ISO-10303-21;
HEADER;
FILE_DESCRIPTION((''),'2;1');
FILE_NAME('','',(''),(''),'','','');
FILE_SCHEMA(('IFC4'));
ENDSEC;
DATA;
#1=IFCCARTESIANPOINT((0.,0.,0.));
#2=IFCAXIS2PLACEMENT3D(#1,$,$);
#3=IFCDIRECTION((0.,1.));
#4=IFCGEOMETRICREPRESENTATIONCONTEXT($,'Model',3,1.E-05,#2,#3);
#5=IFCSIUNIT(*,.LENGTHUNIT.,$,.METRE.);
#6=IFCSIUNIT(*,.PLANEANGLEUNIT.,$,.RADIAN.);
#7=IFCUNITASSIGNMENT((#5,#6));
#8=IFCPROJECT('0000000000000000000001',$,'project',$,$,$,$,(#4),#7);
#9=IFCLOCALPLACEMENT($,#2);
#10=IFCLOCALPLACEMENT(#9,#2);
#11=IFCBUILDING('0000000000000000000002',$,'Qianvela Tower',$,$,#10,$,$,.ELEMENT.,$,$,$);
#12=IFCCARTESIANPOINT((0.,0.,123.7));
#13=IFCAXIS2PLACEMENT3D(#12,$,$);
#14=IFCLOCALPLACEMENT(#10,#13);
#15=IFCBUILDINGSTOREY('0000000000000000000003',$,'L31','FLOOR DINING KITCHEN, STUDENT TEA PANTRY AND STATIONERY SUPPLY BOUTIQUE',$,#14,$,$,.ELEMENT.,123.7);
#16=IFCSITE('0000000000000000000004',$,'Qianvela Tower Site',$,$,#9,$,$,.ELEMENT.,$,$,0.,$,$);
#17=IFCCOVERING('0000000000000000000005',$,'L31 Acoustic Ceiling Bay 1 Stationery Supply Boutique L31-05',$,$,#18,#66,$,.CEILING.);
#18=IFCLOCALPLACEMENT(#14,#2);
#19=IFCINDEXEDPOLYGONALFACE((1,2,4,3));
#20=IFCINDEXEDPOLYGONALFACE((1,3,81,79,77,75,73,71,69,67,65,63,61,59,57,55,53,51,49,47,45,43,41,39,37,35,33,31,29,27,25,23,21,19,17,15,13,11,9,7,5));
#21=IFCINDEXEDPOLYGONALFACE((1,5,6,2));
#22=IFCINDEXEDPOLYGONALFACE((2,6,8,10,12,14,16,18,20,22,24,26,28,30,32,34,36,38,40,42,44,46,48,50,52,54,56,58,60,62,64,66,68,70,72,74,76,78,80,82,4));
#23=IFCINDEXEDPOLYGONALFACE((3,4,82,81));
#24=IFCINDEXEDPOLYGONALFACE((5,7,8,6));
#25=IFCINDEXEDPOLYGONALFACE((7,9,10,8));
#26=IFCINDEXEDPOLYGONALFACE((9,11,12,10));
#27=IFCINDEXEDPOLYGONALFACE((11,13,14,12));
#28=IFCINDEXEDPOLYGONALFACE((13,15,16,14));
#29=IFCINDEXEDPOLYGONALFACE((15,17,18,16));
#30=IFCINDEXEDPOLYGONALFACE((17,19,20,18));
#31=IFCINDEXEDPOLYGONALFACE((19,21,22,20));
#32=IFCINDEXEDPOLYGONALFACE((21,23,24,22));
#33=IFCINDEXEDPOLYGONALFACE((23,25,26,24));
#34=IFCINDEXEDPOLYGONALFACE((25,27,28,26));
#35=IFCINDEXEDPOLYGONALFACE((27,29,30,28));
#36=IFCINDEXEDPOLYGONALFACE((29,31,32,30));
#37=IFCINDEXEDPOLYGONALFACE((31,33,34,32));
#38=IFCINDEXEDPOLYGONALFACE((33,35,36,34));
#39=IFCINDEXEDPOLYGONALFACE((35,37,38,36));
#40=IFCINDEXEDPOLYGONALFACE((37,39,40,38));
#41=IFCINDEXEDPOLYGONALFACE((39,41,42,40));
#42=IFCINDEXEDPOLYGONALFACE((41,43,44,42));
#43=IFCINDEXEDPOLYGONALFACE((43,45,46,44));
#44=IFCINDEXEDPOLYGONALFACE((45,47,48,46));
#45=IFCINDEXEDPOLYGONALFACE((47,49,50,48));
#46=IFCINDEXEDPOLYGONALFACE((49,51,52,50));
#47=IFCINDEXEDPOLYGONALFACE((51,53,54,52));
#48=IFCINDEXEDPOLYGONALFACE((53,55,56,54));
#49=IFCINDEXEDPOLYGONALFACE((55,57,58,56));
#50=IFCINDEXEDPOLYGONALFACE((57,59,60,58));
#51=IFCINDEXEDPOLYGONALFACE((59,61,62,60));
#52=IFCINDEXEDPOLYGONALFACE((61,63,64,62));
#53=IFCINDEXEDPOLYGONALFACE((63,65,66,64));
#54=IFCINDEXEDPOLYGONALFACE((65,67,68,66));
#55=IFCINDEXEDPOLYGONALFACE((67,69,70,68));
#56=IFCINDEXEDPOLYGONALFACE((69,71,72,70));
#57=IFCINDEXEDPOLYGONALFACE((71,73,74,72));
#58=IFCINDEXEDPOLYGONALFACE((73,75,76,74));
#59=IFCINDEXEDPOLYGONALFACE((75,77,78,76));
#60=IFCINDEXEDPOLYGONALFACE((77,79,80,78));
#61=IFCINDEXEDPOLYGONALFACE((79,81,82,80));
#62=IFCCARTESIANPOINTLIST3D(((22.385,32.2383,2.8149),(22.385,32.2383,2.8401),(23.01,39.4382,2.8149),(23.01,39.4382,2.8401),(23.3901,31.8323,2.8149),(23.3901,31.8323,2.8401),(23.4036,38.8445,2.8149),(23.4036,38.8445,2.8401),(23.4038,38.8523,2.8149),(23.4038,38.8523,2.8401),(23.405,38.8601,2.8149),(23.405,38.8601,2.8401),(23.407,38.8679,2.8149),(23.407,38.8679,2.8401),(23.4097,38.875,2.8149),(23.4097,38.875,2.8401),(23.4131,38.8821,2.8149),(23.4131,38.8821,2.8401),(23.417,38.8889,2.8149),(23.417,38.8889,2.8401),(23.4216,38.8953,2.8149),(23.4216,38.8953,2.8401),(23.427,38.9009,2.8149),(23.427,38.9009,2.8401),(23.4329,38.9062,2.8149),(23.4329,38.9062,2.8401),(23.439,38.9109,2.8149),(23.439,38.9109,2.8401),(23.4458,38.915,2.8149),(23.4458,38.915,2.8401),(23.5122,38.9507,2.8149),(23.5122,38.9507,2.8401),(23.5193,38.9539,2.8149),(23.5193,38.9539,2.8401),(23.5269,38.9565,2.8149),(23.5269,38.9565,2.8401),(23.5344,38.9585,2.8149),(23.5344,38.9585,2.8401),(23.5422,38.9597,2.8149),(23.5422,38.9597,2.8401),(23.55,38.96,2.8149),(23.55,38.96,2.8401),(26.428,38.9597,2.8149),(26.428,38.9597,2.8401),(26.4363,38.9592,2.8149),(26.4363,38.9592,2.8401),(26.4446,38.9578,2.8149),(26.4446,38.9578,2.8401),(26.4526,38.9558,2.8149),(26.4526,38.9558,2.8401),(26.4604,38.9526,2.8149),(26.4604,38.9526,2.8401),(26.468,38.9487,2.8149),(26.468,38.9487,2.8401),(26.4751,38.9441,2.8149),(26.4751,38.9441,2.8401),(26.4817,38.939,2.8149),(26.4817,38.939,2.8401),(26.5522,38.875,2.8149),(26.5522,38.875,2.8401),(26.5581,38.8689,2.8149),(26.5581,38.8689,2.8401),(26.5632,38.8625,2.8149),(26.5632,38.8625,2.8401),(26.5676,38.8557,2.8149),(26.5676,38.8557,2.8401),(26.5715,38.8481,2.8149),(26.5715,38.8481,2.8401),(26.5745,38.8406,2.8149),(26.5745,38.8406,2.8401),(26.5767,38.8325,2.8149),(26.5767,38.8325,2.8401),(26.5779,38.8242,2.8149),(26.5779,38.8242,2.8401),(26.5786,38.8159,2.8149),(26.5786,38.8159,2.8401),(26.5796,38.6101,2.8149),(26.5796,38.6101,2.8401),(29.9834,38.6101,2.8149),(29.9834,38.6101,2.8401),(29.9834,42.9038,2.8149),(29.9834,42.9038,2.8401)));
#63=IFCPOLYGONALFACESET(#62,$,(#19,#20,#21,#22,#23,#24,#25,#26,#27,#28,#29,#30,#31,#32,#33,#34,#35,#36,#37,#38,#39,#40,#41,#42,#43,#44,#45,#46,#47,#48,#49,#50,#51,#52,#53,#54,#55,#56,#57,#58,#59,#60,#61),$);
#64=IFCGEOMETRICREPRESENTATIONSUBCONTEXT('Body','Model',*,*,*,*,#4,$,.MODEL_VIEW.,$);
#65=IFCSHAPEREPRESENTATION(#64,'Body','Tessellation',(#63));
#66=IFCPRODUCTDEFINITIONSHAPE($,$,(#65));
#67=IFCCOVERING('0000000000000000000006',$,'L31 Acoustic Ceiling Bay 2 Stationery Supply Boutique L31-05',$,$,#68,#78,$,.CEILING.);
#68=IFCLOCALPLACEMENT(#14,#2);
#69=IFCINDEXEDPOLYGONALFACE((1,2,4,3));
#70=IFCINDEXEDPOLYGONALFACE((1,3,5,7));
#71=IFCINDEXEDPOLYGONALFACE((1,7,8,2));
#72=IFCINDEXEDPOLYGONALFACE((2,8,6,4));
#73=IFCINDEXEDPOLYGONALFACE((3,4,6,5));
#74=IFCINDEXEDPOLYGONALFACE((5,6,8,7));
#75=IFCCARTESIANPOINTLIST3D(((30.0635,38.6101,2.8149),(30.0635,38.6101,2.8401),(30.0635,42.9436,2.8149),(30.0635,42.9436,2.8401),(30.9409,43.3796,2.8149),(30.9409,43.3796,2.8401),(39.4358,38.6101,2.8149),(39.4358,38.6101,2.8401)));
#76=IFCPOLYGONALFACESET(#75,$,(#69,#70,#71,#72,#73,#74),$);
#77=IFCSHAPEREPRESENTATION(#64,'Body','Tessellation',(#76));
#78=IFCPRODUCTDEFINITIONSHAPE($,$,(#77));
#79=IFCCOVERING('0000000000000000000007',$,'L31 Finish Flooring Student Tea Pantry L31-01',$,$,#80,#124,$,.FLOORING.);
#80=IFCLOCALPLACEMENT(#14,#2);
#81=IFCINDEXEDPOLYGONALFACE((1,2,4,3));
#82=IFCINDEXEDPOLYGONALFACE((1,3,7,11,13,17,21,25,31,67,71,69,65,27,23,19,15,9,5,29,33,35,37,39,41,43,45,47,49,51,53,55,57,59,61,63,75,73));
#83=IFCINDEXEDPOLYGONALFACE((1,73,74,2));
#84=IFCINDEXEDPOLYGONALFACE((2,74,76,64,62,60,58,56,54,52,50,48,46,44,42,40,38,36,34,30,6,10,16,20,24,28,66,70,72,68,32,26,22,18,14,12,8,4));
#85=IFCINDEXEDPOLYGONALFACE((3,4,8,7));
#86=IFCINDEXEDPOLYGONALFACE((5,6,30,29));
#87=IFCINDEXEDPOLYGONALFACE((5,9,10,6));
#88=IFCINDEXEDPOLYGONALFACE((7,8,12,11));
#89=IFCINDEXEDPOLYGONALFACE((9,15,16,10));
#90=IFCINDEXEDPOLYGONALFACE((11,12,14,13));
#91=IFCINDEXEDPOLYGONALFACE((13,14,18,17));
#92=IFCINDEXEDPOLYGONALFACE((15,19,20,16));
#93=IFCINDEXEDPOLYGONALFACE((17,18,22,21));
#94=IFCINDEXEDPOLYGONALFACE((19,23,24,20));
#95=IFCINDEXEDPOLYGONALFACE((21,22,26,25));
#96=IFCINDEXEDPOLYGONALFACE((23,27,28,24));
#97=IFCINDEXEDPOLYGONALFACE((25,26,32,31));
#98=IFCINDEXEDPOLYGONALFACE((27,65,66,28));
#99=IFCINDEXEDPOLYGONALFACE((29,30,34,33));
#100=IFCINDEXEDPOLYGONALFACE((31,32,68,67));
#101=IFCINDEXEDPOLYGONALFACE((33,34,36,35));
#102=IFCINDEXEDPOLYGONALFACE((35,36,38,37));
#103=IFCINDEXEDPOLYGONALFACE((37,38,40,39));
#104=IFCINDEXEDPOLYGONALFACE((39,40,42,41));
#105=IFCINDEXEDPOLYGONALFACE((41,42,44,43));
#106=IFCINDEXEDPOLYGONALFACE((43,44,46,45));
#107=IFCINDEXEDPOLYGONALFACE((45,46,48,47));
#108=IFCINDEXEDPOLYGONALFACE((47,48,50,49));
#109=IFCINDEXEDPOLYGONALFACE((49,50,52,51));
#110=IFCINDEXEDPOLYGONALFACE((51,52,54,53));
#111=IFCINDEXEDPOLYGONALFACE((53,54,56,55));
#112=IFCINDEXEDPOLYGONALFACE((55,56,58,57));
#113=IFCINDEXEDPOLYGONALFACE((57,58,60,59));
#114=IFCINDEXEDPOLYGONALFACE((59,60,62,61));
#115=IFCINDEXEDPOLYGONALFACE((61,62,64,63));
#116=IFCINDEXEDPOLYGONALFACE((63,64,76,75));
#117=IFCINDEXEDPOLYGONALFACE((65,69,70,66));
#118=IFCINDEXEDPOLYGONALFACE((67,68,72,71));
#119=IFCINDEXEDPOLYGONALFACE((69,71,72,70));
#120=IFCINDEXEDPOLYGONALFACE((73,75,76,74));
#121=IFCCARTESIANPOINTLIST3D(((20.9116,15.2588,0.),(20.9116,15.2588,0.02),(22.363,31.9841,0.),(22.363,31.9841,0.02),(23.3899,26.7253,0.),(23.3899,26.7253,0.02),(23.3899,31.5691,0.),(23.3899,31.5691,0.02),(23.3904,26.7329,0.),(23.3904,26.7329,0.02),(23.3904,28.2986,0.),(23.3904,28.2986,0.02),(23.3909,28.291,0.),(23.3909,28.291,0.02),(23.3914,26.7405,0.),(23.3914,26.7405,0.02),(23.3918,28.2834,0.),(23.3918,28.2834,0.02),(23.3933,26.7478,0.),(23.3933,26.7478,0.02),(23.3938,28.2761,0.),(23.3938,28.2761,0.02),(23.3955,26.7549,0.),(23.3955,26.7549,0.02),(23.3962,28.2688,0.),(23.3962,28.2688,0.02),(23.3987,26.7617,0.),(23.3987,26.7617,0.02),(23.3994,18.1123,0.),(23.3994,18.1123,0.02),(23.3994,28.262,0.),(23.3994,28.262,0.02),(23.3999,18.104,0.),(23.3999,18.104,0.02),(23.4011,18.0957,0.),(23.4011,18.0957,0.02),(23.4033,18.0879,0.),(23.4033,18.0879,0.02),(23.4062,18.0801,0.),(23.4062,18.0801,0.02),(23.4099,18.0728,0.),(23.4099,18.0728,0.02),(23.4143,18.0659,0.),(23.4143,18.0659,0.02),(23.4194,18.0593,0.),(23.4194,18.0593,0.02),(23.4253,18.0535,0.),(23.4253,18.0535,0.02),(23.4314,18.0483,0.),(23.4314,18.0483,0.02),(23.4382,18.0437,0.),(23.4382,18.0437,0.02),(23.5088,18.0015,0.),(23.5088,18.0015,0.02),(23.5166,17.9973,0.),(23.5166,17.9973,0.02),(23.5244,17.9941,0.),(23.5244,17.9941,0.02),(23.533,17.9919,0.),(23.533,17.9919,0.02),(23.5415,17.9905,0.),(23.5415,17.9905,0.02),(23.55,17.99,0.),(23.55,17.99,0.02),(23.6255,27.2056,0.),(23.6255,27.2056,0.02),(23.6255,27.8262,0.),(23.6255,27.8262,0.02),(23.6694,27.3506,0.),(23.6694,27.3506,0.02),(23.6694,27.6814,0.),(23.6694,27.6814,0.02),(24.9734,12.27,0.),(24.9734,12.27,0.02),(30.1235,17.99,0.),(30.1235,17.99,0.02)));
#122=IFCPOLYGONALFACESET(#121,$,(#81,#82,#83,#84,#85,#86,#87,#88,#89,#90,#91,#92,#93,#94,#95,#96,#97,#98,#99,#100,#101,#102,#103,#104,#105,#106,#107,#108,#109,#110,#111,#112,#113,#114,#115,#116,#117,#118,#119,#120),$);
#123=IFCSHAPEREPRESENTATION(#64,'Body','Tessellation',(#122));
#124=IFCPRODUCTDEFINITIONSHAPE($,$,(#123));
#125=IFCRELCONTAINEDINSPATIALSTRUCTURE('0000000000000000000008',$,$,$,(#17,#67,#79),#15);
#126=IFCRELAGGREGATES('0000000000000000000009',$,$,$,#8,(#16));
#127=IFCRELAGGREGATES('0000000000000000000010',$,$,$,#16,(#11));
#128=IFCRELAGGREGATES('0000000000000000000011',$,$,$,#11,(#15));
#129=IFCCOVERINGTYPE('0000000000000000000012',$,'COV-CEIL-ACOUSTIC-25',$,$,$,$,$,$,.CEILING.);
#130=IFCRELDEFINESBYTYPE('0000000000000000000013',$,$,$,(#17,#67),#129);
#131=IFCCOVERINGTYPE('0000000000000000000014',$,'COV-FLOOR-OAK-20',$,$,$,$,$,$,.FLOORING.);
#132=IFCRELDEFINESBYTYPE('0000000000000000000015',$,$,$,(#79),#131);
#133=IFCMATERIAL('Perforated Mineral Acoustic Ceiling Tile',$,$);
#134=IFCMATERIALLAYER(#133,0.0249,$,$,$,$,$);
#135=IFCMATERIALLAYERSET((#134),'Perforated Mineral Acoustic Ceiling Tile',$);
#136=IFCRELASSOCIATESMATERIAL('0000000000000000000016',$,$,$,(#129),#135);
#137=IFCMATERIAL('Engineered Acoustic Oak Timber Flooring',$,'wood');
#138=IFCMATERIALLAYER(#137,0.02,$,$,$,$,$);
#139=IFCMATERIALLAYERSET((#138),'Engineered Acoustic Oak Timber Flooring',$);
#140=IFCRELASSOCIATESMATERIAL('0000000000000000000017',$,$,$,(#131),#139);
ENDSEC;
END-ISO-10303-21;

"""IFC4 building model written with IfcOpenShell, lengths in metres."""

from ifc_helpers import new_model, si_unit, direction, frame, origin, place, context, subcontext, project, spatial, polyline, outline, extrude, material, layer, layer_set, type_object, element, save


model = new_model("IFC4")

# Units and contexts
model_context = context("Model", 3, precision=1e-05, world=origin(), true_north=direction((0.0, 1.0)))
body_context = subcontext(model_context, "Body", "Model", "MODEL_VIEW")
ifc_project = project(units=[si_unit("LENGTHUNIT", "METRE"), si_unit("PLANEANGLEUNIT", "RADIAN")], contexts=[model_context])

# Site, building, storey
site_placement = place(None, origin())
site = spatial("IfcSite", under=ifc_project, at=site_placement, Name="Qianvela Tower Site", CompositionType="ELEMENT", RefElevation=0.0)
building_placement = place(site_placement, origin())
building = spatial("IfcBuilding", under=site, at=building_placement, Name="Qianvela Tower", CompositionType="ELEMENT")
storey_placement = place(building_placement, frame((0.0, 0.0, 123.7)))
storey = spatial("IfcBuildingStorey", under=building, at=storey_placement, Name="L31", Description="FLOOR DINING KITCHEN, STUDENT TEA PANTRY AND STATIONERY SUPPLY BOUTIQUE", CompositionType="ELEMENT", Elevation=123.7)

# Coverings
ifc_material_1 = material(Name="Perforated Mineral Acoustic Ceiling Tile")
ifc_layer_1 = layer(ifc_material_1, 0.0249)
ifc_layer_set_1 = layer_set([ifc_layer_1], Name="Perforated Mineral Acoustic Ceiling Tile")
covering_type_1 = type_object("IfcCoveringType", Name="COV-CEIL-ACOUSTIC-25", PredefinedType="CEILING", material=ifc_layer_set_1)
covering_1_placement = place(storey_placement, frame((0.0, 0.0, 2.8149)))
element("IfcCovering", 1, at=covering_1_placement, inside=storey, type_object=covering_type_1, Name="L31 Acoustic Ceiling Bay 1 Stationery Supply Boutique L31-05", PredefinedType="CEILING", context=body_context, shape_type="SweptSolid", body=[
    extrude(outline(polyline([(26.5779, 38.8242), (26.5767, 38.8325), (26.5745, 38.8406), (26.5715, 38.8481), (26.5676, 38.8557), (26.5632, 38.8625), (26.5581, 38.8689), (26.5522, 38.875), (26.4817, 38.939), (26.4751, 38.9441), (26.468, 38.9487), (26.4604, 38.9526), (26.4526, 38.9558), (26.4446, 38.9578), (26.4363, 38.9592), (26.428, 38.9597), (23.55, 38.96), (23.5422, 38.9597), (23.5344, 38.9585), (23.5269, 38.9565), (23.5193, 38.9539), (23.5122, 38.9507), (23.4458, 38.915), (23.439, 38.9109), (23.4329, 38.9062), (23.427, 38.9009), (23.4216, 38.8953), (23.417, 38.8889), (23.4131, 38.8821), (23.4097, 38.875), (23.407, 38.8679), (23.405, 38.8601), (23.4038, 38.8523), (23.4036, 38.8445), (23.3901, 31.8323), (22.385, 32.2383), (23.01, 39.4382), (29.9834, 42.9038), (29.9834, 38.6101), (26.5796, 38.6101), (26.5786, 38.8159), (26.5779, 38.8242)])), origin(), (0.0, 0.0, 1.0), 0.0251),
])
covering_2_placement = place(storey_placement, frame((0.0, 0.0, 2.8149)))
element("IfcCovering", 2, at=covering_2_placement, inside=storey, type_object=covering_type_1, Name="L31 Acoustic Ceiling Bay 2 Stationery Supply Boutique L31-05", PredefinedType="CEILING", context=body_context, shape_type="SweptSolid", body=[
    extrude(outline(polyline([(30.9409, 43.3796), (39.4358, 38.6101), (30.0635, 38.6101), (30.0635, 42.9436), (30.9409, 43.3796)])), origin(), (0.0, 0.0, 1.0), 0.0251),
])
ifc_material_2 = material(Name="Engineered Acoustic Oak Timber Flooring", Category="wood")
ifc_layer_2 = layer(ifc_material_2, 0.02)
ifc_layer_set_2 = layer_set([ifc_layer_2], Name="Engineered Acoustic Oak Timber Flooring")
covering_type_2 = type_object("IfcCoveringType", Name="COV-FLOOR-OAK-20", PredefinedType="FLOORING", material=ifc_layer_set_2)
covering_3_placement = place(storey_placement, origin())
element("IfcCovering", 3, at=covering_3_placement, inside=storey, type_object=covering_type_2, Name="L31 Finish Flooring Student Tea Pantry L31-01", PredefinedType="FLOORING", context=body_context, shape_type="SweptSolid", body=[
    extrude(outline(polyline([(22.363, 31.9841), (23.3899, 31.5691), (23.3904, 28.2986), (23.3909, 28.291), (23.3918, 28.2834), (23.3938, 28.2761), (23.3962, 28.2688), (23.3994, 28.262), (23.6255, 27.8262), (23.6694, 27.6814), (23.6694, 27.3506), (23.6255, 27.2056), (23.3987, 26.7617), (23.3955, 26.7549), (23.3933, 26.7478), (23.3914, 26.7405), (23.3904, 26.7329), (23.3899, 26.7253), (23.3994, 18.1123), (23.3999, 18.104), (23.4011, 18.0957), (23.4033, 18.0879), (23.4062, 18.0801), (23.4099, 18.0728), (23.4143, 18.0659), (23.4194, 18.0593), (23.4253, 18.0535), (23.4314, 18.0483), (23.4382, 18.0437), (23.5088, 18.0015), (23.5166, 17.9973), (23.5244, 17.9941), (23.533, 17.9919), (23.5415, 17.9905), (23.55, 17.99), (30.1235, 17.99), (24.9734, 12.27), (20.9116, 15.2588), (22.363, 31.9841)])), origin(), (0.0, 0.0, 1.0), 0.02),
])

save(model, "model.ifc")
